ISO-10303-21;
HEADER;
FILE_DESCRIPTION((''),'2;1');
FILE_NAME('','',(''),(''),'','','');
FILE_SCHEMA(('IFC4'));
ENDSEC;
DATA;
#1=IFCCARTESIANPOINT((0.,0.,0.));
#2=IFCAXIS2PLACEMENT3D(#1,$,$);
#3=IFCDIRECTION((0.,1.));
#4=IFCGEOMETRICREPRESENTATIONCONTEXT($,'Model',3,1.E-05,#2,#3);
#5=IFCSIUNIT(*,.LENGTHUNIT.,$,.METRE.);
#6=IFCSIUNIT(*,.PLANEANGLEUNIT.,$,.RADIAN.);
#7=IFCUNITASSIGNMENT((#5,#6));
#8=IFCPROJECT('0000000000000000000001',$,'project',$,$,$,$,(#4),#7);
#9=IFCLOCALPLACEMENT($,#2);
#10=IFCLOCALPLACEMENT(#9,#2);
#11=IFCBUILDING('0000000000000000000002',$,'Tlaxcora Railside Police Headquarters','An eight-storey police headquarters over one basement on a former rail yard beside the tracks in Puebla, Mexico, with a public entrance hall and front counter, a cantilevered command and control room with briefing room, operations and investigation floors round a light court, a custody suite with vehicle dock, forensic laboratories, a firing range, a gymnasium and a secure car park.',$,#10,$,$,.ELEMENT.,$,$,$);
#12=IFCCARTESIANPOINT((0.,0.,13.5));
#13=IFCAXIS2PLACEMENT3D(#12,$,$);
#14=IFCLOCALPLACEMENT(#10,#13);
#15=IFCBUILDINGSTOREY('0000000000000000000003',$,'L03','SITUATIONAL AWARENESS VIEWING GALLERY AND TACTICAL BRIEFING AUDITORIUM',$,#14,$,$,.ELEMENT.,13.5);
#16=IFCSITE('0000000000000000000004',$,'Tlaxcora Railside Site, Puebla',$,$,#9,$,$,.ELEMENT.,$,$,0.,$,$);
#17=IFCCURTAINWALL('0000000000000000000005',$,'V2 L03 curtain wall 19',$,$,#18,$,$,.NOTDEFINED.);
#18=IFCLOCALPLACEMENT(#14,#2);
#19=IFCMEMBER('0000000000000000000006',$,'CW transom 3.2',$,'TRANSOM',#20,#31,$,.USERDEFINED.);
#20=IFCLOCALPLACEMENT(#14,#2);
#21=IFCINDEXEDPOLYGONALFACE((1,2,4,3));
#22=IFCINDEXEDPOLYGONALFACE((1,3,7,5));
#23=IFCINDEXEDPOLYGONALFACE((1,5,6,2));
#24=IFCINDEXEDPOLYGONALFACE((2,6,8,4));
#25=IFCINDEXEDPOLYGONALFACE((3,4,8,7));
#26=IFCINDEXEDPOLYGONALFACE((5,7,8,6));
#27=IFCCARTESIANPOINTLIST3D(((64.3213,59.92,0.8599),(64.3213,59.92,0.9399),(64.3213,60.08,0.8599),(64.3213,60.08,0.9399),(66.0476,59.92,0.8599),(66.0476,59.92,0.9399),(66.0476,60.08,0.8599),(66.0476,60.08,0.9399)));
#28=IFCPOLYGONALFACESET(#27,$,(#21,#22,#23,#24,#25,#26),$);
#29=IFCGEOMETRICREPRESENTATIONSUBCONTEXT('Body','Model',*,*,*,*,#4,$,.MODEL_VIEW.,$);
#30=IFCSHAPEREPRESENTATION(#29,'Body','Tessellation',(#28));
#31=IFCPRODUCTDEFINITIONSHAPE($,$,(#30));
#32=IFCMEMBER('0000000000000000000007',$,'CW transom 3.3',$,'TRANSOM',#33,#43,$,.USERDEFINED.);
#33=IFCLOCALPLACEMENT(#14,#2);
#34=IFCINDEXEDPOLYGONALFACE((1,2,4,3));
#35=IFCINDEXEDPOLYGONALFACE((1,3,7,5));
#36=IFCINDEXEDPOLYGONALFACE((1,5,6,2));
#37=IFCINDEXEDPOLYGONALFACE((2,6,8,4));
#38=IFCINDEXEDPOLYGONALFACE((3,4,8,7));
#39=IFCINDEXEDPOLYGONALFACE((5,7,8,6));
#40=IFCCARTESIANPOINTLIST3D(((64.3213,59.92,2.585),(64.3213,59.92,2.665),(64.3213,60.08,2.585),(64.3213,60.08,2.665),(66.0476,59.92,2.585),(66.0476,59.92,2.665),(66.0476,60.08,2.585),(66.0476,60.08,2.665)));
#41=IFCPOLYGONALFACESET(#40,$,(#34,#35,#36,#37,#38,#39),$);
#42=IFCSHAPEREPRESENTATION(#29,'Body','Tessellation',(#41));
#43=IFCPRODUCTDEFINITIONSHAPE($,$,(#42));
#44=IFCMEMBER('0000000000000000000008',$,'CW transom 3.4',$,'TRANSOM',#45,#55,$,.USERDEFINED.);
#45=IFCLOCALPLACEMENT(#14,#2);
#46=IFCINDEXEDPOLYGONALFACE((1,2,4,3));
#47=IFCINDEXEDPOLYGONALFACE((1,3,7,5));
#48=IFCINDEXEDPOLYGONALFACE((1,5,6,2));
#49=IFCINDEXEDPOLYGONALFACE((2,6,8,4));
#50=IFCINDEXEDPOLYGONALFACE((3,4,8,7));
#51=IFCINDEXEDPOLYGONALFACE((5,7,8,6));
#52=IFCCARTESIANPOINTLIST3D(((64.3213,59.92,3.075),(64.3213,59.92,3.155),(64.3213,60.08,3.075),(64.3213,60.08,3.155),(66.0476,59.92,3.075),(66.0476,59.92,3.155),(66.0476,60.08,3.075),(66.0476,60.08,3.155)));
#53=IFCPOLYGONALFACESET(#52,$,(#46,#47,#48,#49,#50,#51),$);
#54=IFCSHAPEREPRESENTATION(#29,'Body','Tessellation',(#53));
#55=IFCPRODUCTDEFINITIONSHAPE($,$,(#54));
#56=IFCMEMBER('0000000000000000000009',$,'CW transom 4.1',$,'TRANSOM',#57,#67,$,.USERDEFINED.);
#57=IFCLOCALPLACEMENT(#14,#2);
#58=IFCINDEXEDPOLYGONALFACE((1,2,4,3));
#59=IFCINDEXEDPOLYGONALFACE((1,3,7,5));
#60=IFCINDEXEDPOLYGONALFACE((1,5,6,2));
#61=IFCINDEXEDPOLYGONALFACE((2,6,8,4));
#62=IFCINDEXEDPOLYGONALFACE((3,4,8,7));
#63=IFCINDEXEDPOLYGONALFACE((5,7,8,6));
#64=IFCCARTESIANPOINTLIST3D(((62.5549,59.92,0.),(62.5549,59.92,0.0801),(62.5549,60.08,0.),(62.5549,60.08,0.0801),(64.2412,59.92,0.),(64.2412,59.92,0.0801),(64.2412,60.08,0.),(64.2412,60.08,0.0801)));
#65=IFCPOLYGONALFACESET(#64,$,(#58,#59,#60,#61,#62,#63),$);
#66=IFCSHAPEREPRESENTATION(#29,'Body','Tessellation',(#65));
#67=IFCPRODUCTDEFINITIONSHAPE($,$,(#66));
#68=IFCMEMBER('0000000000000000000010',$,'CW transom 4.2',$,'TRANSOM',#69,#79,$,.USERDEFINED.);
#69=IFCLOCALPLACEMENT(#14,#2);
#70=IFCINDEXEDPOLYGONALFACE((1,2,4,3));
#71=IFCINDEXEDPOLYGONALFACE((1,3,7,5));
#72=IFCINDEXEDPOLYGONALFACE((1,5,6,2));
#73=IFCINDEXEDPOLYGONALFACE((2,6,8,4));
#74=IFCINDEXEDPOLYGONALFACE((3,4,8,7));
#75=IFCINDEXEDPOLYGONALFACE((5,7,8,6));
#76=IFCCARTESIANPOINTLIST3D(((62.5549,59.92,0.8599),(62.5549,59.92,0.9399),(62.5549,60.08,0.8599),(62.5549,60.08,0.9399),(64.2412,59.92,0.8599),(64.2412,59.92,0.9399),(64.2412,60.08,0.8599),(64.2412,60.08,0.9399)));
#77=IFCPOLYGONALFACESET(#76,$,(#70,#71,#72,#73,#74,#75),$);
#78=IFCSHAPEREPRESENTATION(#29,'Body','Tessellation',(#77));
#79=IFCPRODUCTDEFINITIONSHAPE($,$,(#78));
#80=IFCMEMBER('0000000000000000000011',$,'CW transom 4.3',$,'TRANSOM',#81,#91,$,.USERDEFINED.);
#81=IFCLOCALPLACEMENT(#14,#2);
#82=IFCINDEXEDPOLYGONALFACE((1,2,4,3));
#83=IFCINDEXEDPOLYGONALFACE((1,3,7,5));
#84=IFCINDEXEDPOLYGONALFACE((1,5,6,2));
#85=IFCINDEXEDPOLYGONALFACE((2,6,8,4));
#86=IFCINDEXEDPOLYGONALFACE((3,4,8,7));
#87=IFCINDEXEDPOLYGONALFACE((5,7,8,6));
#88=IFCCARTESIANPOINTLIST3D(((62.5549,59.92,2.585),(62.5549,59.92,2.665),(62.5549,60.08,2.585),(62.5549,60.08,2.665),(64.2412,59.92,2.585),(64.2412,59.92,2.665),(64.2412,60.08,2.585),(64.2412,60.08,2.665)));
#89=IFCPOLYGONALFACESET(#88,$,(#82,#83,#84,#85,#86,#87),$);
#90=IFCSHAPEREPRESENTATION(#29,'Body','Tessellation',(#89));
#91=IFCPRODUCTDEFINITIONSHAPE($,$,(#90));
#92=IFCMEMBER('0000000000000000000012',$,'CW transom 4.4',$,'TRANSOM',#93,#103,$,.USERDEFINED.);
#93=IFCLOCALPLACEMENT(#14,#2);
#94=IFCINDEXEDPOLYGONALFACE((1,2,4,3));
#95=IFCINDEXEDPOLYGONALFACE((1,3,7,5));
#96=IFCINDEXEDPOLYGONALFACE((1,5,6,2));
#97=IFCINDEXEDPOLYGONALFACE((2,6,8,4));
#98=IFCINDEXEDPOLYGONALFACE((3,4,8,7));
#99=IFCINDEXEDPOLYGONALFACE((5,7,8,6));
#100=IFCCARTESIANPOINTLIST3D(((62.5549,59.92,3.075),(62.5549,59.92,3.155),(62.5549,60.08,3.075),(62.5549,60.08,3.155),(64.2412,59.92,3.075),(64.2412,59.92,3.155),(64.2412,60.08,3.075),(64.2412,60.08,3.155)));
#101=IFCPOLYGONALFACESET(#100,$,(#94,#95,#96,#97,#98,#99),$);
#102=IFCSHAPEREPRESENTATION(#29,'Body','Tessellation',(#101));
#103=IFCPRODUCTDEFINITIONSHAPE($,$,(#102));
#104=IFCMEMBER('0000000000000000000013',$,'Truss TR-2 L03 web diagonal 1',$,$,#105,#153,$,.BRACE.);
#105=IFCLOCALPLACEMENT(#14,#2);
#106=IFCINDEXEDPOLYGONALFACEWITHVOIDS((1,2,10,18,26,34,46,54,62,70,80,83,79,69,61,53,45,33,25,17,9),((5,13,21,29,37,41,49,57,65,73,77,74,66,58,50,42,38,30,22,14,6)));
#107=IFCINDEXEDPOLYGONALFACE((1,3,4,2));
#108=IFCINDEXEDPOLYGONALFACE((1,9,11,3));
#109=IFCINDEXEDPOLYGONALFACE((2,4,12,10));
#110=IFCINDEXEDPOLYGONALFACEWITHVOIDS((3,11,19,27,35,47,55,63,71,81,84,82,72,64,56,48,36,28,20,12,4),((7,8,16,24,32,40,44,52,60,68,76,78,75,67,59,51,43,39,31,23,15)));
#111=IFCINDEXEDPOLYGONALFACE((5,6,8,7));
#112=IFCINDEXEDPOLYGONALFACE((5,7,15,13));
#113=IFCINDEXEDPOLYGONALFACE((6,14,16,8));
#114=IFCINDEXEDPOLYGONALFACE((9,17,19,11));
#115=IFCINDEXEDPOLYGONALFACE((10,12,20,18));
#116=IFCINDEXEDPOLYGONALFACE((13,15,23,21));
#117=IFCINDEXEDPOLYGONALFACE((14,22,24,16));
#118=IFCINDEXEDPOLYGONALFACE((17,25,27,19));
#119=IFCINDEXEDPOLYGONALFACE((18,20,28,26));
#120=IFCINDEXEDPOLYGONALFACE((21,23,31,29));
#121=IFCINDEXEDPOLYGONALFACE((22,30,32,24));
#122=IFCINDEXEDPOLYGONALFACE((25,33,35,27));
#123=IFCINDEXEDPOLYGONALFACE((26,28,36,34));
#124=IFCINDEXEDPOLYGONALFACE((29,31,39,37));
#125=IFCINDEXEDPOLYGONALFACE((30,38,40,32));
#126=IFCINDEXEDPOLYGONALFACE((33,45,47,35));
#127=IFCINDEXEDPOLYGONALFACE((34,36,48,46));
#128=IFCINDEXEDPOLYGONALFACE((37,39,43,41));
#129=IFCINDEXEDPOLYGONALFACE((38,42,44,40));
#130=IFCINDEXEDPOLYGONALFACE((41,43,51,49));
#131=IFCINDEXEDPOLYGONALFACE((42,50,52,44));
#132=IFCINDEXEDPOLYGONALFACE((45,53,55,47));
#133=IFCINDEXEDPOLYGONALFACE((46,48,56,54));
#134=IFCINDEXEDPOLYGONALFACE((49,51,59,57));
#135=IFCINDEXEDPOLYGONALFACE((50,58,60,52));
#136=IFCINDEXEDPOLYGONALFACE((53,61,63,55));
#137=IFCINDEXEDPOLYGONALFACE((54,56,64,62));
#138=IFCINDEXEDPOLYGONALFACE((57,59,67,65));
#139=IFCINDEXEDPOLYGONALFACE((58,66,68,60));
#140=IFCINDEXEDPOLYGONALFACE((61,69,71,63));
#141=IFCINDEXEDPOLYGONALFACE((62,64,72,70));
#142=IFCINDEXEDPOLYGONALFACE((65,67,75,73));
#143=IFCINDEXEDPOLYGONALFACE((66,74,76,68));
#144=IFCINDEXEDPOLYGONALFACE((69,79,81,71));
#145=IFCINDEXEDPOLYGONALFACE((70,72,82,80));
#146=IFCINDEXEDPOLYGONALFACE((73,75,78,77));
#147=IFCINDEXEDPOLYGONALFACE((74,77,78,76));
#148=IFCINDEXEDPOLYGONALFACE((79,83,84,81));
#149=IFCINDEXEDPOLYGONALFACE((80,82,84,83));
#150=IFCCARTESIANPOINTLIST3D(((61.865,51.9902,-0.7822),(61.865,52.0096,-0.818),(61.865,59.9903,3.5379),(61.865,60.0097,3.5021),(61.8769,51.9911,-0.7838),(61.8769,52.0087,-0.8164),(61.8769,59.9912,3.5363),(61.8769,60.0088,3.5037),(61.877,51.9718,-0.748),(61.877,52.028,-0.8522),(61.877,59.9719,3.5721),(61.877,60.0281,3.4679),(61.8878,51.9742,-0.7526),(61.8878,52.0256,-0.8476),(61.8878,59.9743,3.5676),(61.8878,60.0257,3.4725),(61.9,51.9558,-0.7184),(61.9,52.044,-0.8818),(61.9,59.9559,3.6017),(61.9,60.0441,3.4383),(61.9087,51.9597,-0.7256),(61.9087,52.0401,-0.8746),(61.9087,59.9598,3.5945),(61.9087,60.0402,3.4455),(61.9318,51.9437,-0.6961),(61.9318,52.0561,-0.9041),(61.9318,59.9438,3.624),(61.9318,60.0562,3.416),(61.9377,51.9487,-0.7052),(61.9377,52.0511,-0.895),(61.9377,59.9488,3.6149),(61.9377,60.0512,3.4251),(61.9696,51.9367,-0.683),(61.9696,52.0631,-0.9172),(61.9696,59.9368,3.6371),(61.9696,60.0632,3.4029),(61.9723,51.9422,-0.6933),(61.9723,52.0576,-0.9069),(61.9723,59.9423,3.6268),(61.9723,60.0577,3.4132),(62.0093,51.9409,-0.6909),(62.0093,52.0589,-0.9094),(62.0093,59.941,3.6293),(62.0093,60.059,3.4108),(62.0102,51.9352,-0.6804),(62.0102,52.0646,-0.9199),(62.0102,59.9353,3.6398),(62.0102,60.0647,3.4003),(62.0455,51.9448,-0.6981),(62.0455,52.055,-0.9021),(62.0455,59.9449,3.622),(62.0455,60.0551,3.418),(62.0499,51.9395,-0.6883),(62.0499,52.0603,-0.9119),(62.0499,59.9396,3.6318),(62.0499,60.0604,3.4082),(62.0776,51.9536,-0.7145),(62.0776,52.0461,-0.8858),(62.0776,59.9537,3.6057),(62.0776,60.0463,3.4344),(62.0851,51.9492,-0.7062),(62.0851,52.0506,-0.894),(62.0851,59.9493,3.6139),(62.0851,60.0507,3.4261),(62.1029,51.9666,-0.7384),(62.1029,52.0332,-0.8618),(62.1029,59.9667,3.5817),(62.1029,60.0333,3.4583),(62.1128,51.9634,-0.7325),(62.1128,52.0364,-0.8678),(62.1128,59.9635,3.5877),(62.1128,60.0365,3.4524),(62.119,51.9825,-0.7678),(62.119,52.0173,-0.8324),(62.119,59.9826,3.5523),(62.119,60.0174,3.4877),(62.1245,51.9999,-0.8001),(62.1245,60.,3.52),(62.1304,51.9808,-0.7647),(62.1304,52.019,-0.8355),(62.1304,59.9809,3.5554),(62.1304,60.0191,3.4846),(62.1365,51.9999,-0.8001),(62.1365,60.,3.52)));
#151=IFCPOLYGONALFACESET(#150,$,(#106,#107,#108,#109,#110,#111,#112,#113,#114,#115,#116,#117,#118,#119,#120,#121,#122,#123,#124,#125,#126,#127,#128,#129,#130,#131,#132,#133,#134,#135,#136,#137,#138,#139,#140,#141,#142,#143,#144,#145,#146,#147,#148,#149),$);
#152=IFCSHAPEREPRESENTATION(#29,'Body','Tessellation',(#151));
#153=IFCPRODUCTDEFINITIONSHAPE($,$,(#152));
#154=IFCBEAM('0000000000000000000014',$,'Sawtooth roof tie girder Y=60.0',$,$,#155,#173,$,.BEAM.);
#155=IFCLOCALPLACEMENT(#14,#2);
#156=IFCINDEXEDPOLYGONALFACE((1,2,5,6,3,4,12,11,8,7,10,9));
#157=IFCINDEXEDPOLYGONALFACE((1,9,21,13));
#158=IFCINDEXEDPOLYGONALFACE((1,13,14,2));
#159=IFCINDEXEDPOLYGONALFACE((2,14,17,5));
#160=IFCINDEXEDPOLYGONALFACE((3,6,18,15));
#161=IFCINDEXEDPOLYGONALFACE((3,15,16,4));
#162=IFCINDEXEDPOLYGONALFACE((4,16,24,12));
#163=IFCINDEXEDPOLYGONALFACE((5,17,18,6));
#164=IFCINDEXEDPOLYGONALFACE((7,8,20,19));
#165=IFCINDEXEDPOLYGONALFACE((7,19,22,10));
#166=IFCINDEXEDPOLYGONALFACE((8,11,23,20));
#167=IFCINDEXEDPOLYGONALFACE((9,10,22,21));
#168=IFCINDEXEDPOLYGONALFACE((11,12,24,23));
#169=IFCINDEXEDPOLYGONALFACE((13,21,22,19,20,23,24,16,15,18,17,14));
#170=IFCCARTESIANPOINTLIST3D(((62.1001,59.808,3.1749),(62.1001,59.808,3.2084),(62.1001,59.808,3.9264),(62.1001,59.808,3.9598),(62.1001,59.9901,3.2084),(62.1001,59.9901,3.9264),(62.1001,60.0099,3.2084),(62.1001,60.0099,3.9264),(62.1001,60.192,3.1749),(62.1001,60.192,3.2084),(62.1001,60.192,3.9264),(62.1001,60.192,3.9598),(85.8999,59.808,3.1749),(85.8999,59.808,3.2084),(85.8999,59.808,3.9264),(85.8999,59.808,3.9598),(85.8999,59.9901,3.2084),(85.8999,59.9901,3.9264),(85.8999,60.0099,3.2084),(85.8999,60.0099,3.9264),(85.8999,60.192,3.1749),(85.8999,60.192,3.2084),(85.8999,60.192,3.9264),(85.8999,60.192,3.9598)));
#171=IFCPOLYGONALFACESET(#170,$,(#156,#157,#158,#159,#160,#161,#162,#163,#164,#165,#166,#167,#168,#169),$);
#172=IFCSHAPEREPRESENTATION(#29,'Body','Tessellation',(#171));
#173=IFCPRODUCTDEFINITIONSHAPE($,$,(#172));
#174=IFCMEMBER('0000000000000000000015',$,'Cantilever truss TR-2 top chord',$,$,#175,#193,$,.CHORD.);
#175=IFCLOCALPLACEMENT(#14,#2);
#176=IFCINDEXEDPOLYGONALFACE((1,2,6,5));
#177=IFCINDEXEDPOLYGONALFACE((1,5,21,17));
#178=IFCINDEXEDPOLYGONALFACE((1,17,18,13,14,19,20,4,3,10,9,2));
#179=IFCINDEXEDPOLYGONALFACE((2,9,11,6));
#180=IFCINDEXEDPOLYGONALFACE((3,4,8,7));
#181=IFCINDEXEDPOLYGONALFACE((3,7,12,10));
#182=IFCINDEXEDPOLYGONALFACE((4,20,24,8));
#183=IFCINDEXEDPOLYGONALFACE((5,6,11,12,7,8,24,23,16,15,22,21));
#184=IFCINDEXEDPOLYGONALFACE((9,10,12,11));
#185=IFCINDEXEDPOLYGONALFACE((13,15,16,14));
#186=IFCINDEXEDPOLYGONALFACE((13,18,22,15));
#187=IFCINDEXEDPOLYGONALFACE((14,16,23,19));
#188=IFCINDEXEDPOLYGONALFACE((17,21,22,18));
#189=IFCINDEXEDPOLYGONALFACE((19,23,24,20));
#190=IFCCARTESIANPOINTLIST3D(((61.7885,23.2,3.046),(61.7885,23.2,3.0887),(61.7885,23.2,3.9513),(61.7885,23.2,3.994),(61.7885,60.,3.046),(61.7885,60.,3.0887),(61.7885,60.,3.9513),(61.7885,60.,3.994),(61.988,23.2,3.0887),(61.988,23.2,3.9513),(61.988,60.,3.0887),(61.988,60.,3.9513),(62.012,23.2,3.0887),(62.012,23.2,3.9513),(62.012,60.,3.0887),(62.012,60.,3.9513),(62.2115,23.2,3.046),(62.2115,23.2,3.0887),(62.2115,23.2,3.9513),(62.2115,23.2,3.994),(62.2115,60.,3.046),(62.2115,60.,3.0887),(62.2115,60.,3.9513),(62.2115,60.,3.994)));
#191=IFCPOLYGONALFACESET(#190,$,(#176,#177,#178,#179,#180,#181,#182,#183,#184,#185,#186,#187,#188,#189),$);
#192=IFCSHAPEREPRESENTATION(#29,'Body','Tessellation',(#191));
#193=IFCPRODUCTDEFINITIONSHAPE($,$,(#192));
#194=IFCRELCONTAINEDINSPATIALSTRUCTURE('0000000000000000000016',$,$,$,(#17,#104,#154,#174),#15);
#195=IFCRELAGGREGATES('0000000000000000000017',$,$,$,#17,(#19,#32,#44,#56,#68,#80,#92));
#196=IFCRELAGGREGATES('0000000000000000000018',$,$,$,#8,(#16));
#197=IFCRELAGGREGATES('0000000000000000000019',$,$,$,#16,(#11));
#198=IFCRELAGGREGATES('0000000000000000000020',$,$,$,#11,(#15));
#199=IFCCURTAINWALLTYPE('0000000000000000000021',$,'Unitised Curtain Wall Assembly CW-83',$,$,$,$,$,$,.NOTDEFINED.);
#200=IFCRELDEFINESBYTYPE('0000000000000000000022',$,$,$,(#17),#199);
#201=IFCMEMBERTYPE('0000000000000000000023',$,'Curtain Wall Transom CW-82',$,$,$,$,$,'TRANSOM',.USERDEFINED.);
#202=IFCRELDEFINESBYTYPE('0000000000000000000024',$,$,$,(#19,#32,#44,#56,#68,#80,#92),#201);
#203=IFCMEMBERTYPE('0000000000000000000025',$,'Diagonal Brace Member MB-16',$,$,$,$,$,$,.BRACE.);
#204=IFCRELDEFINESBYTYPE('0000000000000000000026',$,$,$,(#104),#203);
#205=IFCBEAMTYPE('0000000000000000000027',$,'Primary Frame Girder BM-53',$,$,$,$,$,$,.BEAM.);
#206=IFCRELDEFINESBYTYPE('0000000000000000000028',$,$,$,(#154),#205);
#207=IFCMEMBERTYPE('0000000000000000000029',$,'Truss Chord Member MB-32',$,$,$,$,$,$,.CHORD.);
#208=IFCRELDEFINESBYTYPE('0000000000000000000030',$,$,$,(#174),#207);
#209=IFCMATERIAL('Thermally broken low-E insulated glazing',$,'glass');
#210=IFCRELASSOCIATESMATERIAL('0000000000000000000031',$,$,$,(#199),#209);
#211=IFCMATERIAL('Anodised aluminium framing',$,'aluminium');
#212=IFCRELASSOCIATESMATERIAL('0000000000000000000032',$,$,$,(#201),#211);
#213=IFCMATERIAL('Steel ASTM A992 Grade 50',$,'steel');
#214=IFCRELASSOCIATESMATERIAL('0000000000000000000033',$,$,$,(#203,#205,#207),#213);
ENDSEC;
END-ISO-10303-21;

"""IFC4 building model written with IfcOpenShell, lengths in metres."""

from ifc_helpers import new_model, si_unit, direction, frame, origin, origin_2d, place, context, subcontext, project, spatial, rectangle, hollow_circle, i_section, extrude, material, material_profile, profile_set, type_object, element, aggregate, save


model = new_model("IFC4")

# Units and contexts
model_context = context("Model", 3, precision=1e-05, world=origin(), true_north=direction((0.0, 1.0)))
body_context = subcontext(model_context, "Body", "Model", "MODEL_VIEW")
ifc_project = project(units=[si_unit("LENGTHUNIT", "METRE"), si_unit("PLANEANGLEUNIT", "RADIAN")], contexts=[model_context])

# Site, building, storey
site_placement = place(None, origin())
site = spatial("IfcSite", under=ifc_project, at=site_placement, Name="Tlaxcora Railside Site, Puebla", CompositionType="ELEMENT", RefElevation=0.0)
building_placement = place(site_placement, origin())
building = spatial("IfcBuilding", under=site, at=building_placement, Name="Tlaxcora Railside Police Headquarters", Description="An eight-storey police headquarters over one basement on a former rail yard beside the tracks in Puebla, Mexico, with a public entrance hall and front counter, a cantilevered command and control room with briefing room, operations and investigation floors round a light court, a custody suite with vehicle dock, forensic laboratories, a firing range, a gymnasium and a secure car park.", CompositionType="ELEMENT")
storey_placement = place(building_placement, frame((0.0, 0.0, 13.5)))
storey = spatial("IfcBuildingStorey", under=building, at=storey_placement, Name="L03", Description="SITUATIONAL AWARENESS VIEWING GALLERY AND TACTICAL BRIEFING AUDITORIUM", CompositionType="ELEMENT", Elevation=13.5)

# Shared definitions
ifc_material_1 = material(Name="Thermally broken low-E insulated glazing", Category="glass")
ifc_material_2 = material(Name="Anodised aluminium framing", Category="aluminium")

# Curtain wall
curtain_wall_type_1 = type_object("IfcCurtainWallType", Name="Unitised Curtain Wall Assembly CW-83", PredefinedType="NOTDEFINED", material=ifc_material_1)
curtain_wall_1_placement = place(storey_placement, origin())
curtain_wall_1 = element("IfcCurtainWall", 1, at=curtain_wall_1_placement, inside=storey, type_object=curtain_wall_type_1, Name="V2 L03 curtain wall 19", PredefinedType="NOTDEFINED")

# Members
ifc_material_profile_1 = material_profile(ifc_material_2, rectangle(XDim=0.1599, YDim=0.0801, at=origin_2d()), Name="AL80X160")
ifc_profile_set_1 = profile_set([ifc_material_profile_1], Name="Anodised aluminium framing")
member_type_1 = type_object("IfcMemberType", Name="Curtain Wall Transom CW-82", ElementType="TRANSOM", PredefinedType="USERDEFINED", material=ifc_profile_set_1)
member_1_placement = place(storey_placement, frame((66.0476, 60.0, 0.8999), z_axis=(-1.0, 0.0, 0.0), x_axis=(0.0, -1.0, 0.0)))
member_1 = element("IfcMember", 2, at=member_1_placement, type_object=member_type_1, Name="CW transom 3.2", ObjectType="TRANSOM", PredefinedType="USERDEFINED", context=body_context, shape_type="SweptSolid", body=[
    extrude(rectangle(XDim=0.1599, YDim=0.0801, at=origin_2d()), origin(), (0.0, 0.0, 1.0), 1.7263),
])
member_2_placement = place(storey_placement, frame((66.0476, 60.0, 2.625), z_axis=(-1.0, 0.0, 0.0), x_axis=(0.0, -1.0, 0.0)))
member_2 = element("IfcMember", 3, at=member_2_placement, type_object=member_type_1, Name="CW transom 3.3", ObjectType="TRANSOM", PredefinedType="USERDEFINED", context=body_context, shape_type="SweptSolid", body=[
    extrude(rectangle(XDim=0.1599, YDim=0.0801, at=origin_2d()), origin(), (0.0, 0.0, 1.0), 1.7263),
])
member_3_placement = place(storey_placement, frame((66.0476, 60.0, 3.115), z_axis=(-1.0, 0.0, 0.0), x_axis=(0.0, -1.0, 0.0)))
member_3 = element("IfcMember", 4, at=member_3_placement, type_object=member_type_1, Name="CW transom 3.4", ObjectType="TRANSOM", PredefinedType="USERDEFINED", context=body_context, shape_type="SweptSolid", body=[
    extrude(rectangle(XDim=0.1599, YDim=0.0801, at=origin_2d()), origin(), (0.0, 0.0, 1.0), 1.7263),
])
member_4_placement = place(storey_placement, frame((64.2412, 60.0, 0.04), z_axis=(-1.0, 0.0, 0.0), x_axis=(0.0, -1.0, 0.0)))
member_4 = element("IfcMember", 5, at=member_4_placement, type_object=member_type_1, Name="CW transom 4.1", ObjectType="TRANSOM", PredefinedType="USERDEFINED", context=body_context, shape_type="SweptSolid", body=[
    extrude(rectangle(XDim=0.1599, YDim=0.0801, at=origin_2d()), origin(), (0.0, 0.0, 1.0), 1.6863),
])
member_5_placement = place(storey_placement, frame((64.2412, 60.0, 0.8999), z_axis=(-1.0, 0.0, 0.0), x_axis=(0.0, -1.0, 0.0)))
member_5 = element("IfcMember", 6, at=member_5_placement, type_object=member_type_1, Name="CW transom 4.2", ObjectType="TRANSOM", PredefinedType="USERDEFINED", context=body_context, shape_type="SweptSolid", body=[
    extrude(rectangle(XDim=0.1599, YDim=0.0801, at=origin_2d()), origin(), (0.0, 0.0, 1.0), 1.6863),
])
member_6_placement = place(storey_placement, frame((64.2412, 60.0, 2.625), z_axis=(-1.0, 0.0, 0.0), x_axis=(0.0, -1.0, 0.0)))
member_6 = element("IfcMember", 7, at=member_6_placement, type_object=member_type_1, Name="CW transom 4.3", ObjectType="TRANSOM", PredefinedType="USERDEFINED", context=body_context, shape_type="SweptSolid", body=[
    extrude(rectangle(XDim=0.1599, YDim=0.0801, at=origin_2d()), origin(), (0.0, 0.0, 1.0), 1.6863),
])
member_7_placement = place(storey_placement, frame((64.2412, 60.0, 3.115), z_axis=(-1.0, 0.0, 0.0), x_axis=(0.0, -1.0, 0.0)))
member_7 = element("IfcMember", 8, at=member_7_placement, type_object=member_type_1, Name="CW transom 4.4", ObjectType="TRANSOM", PredefinedType="USERDEFINED", context=body_context, shape_type="SweptSolid", body=[
    extrude(rectangle(XDim=0.1599, YDim=0.0801, at=origin_2d()), origin(), (0.0, 0.0, 1.0), 1.6863),
])
ifc_material_3 = material(Name="Steel ASTM A992 Grade 50", Category="steel")
ifc_material_profile_2 = material_profile(ifc_material_3, hollow_circle(Radius=0.1365, WallThickness=0.012, at=origin_2d()), Name="CHS273X12")
ifc_profile_set_2 = profile_set([ifc_material_profile_2], Name="Steel ASTM A992 Grade 50")
member_type_2 = type_object("IfcMemberType", Name="Diagonal Brace Member MB-16", PredefinedType="BRACE", material=ifc_profile_set_2)
member_8_placement = place(storey_placement, frame((62.0, 60.0, 3.52), z_axis=(0.0, -0.879902, -0.475155), x_axis=(1.0, 0.0, 0.0)))
element("IfcMember", 9, at=member_8_placement, inside=storey, type_object=member_type_2, Name="Truss TR-2 L03 web diagonal 1", PredefinedType="BRACE", context=body_context, shape_type="SweptSolid", body=[
    extrude(hollow_circle(Radius=0.1365, WallThickness=0.012, at=origin_2d()), origin(), (0.0, 0.0, 1.0), 9.092),
])

# Beam
ifc_material_profile_3 = material_profile(ifc_material_3, i_section(OverallWidth=0.384, OverallDepth=0.7849, WebThickness=0.0198, FlangeThickness=0.0334, at=origin_2d()), Name="W30X211")
ifc_profile_set_3 = profile_set([ifc_material_profile_3], Name="Steel ASTM A992 Grade 50")
beam_type = type_object("IfcBeamType", Name="Primary Frame Girder BM-53", PredefinedType="BEAM", material=ifc_profile_set_3)
beam_placement = place(storey_placement, frame((62.1001, 60.0, 3.5674), z_axis=(1.0, 0.0, 0.0), x_axis=(0.0, 1.0, 0.0)))
element("IfcBeam", 10, at=beam_placement, inside=storey, type_object=beam_type, Name="Sawtooth roof tie girder Y=60.0", PredefinedType="BEAM", context=body_context, shape_type="SweptSolid", body=[
    extrude(i_section(OverallWidth=0.384, OverallDepth=0.7849, WebThickness=0.0198, FlangeThickness=0.0334, at=origin_2d()), origin(), (0.0, 0.0, 1.0), 23.7998),
])

# Member
ifc_material_profile_4 = material_profile(ifc_material_3, i_section(OverallWidth=0.4231, OverallDepth=0.948, WebThickness=0.0239, FlangeThickness=0.0427, at=origin_2d()), Name="W36X302")
ifc_profile_set_4 = profile_set([ifc_material_profile_4], Name="Steel ASTM A992 Grade 50")
member_type_3 = type_object("IfcMemberType", Name="Truss Chord Member MB-32", PredefinedType="CHORD", material=ifc_profile_set_4)
member_9_placement = place(storey_placement, frame((62.0, 60.0, 3.52), z_axis=(0.0, -1.0, 0.0), x_axis=(1.0, 0.0, 0.0)))
element("IfcMember", 11, at=member_9_placement, inside=storey, type_object=member_type_3, Name="Cantilever truss TR-2 top chord", PredefinedType="CHORD", context=body_context, shape_type="SweptSolid", body=[
    extrude(i_section(OverallWidth=0.4231, OverallDepth=0.948, WebThickness=0.0239, FlangeThickness=0.0427, at=origin_2d()), origin(), (0.0, 0.0, 1.0), 36.8),
])

aggregate(curtain_wall_1, [member_1, member_2, member_3, member_4, member_5, member_6, member_7])

save(model, "model.ifc")
